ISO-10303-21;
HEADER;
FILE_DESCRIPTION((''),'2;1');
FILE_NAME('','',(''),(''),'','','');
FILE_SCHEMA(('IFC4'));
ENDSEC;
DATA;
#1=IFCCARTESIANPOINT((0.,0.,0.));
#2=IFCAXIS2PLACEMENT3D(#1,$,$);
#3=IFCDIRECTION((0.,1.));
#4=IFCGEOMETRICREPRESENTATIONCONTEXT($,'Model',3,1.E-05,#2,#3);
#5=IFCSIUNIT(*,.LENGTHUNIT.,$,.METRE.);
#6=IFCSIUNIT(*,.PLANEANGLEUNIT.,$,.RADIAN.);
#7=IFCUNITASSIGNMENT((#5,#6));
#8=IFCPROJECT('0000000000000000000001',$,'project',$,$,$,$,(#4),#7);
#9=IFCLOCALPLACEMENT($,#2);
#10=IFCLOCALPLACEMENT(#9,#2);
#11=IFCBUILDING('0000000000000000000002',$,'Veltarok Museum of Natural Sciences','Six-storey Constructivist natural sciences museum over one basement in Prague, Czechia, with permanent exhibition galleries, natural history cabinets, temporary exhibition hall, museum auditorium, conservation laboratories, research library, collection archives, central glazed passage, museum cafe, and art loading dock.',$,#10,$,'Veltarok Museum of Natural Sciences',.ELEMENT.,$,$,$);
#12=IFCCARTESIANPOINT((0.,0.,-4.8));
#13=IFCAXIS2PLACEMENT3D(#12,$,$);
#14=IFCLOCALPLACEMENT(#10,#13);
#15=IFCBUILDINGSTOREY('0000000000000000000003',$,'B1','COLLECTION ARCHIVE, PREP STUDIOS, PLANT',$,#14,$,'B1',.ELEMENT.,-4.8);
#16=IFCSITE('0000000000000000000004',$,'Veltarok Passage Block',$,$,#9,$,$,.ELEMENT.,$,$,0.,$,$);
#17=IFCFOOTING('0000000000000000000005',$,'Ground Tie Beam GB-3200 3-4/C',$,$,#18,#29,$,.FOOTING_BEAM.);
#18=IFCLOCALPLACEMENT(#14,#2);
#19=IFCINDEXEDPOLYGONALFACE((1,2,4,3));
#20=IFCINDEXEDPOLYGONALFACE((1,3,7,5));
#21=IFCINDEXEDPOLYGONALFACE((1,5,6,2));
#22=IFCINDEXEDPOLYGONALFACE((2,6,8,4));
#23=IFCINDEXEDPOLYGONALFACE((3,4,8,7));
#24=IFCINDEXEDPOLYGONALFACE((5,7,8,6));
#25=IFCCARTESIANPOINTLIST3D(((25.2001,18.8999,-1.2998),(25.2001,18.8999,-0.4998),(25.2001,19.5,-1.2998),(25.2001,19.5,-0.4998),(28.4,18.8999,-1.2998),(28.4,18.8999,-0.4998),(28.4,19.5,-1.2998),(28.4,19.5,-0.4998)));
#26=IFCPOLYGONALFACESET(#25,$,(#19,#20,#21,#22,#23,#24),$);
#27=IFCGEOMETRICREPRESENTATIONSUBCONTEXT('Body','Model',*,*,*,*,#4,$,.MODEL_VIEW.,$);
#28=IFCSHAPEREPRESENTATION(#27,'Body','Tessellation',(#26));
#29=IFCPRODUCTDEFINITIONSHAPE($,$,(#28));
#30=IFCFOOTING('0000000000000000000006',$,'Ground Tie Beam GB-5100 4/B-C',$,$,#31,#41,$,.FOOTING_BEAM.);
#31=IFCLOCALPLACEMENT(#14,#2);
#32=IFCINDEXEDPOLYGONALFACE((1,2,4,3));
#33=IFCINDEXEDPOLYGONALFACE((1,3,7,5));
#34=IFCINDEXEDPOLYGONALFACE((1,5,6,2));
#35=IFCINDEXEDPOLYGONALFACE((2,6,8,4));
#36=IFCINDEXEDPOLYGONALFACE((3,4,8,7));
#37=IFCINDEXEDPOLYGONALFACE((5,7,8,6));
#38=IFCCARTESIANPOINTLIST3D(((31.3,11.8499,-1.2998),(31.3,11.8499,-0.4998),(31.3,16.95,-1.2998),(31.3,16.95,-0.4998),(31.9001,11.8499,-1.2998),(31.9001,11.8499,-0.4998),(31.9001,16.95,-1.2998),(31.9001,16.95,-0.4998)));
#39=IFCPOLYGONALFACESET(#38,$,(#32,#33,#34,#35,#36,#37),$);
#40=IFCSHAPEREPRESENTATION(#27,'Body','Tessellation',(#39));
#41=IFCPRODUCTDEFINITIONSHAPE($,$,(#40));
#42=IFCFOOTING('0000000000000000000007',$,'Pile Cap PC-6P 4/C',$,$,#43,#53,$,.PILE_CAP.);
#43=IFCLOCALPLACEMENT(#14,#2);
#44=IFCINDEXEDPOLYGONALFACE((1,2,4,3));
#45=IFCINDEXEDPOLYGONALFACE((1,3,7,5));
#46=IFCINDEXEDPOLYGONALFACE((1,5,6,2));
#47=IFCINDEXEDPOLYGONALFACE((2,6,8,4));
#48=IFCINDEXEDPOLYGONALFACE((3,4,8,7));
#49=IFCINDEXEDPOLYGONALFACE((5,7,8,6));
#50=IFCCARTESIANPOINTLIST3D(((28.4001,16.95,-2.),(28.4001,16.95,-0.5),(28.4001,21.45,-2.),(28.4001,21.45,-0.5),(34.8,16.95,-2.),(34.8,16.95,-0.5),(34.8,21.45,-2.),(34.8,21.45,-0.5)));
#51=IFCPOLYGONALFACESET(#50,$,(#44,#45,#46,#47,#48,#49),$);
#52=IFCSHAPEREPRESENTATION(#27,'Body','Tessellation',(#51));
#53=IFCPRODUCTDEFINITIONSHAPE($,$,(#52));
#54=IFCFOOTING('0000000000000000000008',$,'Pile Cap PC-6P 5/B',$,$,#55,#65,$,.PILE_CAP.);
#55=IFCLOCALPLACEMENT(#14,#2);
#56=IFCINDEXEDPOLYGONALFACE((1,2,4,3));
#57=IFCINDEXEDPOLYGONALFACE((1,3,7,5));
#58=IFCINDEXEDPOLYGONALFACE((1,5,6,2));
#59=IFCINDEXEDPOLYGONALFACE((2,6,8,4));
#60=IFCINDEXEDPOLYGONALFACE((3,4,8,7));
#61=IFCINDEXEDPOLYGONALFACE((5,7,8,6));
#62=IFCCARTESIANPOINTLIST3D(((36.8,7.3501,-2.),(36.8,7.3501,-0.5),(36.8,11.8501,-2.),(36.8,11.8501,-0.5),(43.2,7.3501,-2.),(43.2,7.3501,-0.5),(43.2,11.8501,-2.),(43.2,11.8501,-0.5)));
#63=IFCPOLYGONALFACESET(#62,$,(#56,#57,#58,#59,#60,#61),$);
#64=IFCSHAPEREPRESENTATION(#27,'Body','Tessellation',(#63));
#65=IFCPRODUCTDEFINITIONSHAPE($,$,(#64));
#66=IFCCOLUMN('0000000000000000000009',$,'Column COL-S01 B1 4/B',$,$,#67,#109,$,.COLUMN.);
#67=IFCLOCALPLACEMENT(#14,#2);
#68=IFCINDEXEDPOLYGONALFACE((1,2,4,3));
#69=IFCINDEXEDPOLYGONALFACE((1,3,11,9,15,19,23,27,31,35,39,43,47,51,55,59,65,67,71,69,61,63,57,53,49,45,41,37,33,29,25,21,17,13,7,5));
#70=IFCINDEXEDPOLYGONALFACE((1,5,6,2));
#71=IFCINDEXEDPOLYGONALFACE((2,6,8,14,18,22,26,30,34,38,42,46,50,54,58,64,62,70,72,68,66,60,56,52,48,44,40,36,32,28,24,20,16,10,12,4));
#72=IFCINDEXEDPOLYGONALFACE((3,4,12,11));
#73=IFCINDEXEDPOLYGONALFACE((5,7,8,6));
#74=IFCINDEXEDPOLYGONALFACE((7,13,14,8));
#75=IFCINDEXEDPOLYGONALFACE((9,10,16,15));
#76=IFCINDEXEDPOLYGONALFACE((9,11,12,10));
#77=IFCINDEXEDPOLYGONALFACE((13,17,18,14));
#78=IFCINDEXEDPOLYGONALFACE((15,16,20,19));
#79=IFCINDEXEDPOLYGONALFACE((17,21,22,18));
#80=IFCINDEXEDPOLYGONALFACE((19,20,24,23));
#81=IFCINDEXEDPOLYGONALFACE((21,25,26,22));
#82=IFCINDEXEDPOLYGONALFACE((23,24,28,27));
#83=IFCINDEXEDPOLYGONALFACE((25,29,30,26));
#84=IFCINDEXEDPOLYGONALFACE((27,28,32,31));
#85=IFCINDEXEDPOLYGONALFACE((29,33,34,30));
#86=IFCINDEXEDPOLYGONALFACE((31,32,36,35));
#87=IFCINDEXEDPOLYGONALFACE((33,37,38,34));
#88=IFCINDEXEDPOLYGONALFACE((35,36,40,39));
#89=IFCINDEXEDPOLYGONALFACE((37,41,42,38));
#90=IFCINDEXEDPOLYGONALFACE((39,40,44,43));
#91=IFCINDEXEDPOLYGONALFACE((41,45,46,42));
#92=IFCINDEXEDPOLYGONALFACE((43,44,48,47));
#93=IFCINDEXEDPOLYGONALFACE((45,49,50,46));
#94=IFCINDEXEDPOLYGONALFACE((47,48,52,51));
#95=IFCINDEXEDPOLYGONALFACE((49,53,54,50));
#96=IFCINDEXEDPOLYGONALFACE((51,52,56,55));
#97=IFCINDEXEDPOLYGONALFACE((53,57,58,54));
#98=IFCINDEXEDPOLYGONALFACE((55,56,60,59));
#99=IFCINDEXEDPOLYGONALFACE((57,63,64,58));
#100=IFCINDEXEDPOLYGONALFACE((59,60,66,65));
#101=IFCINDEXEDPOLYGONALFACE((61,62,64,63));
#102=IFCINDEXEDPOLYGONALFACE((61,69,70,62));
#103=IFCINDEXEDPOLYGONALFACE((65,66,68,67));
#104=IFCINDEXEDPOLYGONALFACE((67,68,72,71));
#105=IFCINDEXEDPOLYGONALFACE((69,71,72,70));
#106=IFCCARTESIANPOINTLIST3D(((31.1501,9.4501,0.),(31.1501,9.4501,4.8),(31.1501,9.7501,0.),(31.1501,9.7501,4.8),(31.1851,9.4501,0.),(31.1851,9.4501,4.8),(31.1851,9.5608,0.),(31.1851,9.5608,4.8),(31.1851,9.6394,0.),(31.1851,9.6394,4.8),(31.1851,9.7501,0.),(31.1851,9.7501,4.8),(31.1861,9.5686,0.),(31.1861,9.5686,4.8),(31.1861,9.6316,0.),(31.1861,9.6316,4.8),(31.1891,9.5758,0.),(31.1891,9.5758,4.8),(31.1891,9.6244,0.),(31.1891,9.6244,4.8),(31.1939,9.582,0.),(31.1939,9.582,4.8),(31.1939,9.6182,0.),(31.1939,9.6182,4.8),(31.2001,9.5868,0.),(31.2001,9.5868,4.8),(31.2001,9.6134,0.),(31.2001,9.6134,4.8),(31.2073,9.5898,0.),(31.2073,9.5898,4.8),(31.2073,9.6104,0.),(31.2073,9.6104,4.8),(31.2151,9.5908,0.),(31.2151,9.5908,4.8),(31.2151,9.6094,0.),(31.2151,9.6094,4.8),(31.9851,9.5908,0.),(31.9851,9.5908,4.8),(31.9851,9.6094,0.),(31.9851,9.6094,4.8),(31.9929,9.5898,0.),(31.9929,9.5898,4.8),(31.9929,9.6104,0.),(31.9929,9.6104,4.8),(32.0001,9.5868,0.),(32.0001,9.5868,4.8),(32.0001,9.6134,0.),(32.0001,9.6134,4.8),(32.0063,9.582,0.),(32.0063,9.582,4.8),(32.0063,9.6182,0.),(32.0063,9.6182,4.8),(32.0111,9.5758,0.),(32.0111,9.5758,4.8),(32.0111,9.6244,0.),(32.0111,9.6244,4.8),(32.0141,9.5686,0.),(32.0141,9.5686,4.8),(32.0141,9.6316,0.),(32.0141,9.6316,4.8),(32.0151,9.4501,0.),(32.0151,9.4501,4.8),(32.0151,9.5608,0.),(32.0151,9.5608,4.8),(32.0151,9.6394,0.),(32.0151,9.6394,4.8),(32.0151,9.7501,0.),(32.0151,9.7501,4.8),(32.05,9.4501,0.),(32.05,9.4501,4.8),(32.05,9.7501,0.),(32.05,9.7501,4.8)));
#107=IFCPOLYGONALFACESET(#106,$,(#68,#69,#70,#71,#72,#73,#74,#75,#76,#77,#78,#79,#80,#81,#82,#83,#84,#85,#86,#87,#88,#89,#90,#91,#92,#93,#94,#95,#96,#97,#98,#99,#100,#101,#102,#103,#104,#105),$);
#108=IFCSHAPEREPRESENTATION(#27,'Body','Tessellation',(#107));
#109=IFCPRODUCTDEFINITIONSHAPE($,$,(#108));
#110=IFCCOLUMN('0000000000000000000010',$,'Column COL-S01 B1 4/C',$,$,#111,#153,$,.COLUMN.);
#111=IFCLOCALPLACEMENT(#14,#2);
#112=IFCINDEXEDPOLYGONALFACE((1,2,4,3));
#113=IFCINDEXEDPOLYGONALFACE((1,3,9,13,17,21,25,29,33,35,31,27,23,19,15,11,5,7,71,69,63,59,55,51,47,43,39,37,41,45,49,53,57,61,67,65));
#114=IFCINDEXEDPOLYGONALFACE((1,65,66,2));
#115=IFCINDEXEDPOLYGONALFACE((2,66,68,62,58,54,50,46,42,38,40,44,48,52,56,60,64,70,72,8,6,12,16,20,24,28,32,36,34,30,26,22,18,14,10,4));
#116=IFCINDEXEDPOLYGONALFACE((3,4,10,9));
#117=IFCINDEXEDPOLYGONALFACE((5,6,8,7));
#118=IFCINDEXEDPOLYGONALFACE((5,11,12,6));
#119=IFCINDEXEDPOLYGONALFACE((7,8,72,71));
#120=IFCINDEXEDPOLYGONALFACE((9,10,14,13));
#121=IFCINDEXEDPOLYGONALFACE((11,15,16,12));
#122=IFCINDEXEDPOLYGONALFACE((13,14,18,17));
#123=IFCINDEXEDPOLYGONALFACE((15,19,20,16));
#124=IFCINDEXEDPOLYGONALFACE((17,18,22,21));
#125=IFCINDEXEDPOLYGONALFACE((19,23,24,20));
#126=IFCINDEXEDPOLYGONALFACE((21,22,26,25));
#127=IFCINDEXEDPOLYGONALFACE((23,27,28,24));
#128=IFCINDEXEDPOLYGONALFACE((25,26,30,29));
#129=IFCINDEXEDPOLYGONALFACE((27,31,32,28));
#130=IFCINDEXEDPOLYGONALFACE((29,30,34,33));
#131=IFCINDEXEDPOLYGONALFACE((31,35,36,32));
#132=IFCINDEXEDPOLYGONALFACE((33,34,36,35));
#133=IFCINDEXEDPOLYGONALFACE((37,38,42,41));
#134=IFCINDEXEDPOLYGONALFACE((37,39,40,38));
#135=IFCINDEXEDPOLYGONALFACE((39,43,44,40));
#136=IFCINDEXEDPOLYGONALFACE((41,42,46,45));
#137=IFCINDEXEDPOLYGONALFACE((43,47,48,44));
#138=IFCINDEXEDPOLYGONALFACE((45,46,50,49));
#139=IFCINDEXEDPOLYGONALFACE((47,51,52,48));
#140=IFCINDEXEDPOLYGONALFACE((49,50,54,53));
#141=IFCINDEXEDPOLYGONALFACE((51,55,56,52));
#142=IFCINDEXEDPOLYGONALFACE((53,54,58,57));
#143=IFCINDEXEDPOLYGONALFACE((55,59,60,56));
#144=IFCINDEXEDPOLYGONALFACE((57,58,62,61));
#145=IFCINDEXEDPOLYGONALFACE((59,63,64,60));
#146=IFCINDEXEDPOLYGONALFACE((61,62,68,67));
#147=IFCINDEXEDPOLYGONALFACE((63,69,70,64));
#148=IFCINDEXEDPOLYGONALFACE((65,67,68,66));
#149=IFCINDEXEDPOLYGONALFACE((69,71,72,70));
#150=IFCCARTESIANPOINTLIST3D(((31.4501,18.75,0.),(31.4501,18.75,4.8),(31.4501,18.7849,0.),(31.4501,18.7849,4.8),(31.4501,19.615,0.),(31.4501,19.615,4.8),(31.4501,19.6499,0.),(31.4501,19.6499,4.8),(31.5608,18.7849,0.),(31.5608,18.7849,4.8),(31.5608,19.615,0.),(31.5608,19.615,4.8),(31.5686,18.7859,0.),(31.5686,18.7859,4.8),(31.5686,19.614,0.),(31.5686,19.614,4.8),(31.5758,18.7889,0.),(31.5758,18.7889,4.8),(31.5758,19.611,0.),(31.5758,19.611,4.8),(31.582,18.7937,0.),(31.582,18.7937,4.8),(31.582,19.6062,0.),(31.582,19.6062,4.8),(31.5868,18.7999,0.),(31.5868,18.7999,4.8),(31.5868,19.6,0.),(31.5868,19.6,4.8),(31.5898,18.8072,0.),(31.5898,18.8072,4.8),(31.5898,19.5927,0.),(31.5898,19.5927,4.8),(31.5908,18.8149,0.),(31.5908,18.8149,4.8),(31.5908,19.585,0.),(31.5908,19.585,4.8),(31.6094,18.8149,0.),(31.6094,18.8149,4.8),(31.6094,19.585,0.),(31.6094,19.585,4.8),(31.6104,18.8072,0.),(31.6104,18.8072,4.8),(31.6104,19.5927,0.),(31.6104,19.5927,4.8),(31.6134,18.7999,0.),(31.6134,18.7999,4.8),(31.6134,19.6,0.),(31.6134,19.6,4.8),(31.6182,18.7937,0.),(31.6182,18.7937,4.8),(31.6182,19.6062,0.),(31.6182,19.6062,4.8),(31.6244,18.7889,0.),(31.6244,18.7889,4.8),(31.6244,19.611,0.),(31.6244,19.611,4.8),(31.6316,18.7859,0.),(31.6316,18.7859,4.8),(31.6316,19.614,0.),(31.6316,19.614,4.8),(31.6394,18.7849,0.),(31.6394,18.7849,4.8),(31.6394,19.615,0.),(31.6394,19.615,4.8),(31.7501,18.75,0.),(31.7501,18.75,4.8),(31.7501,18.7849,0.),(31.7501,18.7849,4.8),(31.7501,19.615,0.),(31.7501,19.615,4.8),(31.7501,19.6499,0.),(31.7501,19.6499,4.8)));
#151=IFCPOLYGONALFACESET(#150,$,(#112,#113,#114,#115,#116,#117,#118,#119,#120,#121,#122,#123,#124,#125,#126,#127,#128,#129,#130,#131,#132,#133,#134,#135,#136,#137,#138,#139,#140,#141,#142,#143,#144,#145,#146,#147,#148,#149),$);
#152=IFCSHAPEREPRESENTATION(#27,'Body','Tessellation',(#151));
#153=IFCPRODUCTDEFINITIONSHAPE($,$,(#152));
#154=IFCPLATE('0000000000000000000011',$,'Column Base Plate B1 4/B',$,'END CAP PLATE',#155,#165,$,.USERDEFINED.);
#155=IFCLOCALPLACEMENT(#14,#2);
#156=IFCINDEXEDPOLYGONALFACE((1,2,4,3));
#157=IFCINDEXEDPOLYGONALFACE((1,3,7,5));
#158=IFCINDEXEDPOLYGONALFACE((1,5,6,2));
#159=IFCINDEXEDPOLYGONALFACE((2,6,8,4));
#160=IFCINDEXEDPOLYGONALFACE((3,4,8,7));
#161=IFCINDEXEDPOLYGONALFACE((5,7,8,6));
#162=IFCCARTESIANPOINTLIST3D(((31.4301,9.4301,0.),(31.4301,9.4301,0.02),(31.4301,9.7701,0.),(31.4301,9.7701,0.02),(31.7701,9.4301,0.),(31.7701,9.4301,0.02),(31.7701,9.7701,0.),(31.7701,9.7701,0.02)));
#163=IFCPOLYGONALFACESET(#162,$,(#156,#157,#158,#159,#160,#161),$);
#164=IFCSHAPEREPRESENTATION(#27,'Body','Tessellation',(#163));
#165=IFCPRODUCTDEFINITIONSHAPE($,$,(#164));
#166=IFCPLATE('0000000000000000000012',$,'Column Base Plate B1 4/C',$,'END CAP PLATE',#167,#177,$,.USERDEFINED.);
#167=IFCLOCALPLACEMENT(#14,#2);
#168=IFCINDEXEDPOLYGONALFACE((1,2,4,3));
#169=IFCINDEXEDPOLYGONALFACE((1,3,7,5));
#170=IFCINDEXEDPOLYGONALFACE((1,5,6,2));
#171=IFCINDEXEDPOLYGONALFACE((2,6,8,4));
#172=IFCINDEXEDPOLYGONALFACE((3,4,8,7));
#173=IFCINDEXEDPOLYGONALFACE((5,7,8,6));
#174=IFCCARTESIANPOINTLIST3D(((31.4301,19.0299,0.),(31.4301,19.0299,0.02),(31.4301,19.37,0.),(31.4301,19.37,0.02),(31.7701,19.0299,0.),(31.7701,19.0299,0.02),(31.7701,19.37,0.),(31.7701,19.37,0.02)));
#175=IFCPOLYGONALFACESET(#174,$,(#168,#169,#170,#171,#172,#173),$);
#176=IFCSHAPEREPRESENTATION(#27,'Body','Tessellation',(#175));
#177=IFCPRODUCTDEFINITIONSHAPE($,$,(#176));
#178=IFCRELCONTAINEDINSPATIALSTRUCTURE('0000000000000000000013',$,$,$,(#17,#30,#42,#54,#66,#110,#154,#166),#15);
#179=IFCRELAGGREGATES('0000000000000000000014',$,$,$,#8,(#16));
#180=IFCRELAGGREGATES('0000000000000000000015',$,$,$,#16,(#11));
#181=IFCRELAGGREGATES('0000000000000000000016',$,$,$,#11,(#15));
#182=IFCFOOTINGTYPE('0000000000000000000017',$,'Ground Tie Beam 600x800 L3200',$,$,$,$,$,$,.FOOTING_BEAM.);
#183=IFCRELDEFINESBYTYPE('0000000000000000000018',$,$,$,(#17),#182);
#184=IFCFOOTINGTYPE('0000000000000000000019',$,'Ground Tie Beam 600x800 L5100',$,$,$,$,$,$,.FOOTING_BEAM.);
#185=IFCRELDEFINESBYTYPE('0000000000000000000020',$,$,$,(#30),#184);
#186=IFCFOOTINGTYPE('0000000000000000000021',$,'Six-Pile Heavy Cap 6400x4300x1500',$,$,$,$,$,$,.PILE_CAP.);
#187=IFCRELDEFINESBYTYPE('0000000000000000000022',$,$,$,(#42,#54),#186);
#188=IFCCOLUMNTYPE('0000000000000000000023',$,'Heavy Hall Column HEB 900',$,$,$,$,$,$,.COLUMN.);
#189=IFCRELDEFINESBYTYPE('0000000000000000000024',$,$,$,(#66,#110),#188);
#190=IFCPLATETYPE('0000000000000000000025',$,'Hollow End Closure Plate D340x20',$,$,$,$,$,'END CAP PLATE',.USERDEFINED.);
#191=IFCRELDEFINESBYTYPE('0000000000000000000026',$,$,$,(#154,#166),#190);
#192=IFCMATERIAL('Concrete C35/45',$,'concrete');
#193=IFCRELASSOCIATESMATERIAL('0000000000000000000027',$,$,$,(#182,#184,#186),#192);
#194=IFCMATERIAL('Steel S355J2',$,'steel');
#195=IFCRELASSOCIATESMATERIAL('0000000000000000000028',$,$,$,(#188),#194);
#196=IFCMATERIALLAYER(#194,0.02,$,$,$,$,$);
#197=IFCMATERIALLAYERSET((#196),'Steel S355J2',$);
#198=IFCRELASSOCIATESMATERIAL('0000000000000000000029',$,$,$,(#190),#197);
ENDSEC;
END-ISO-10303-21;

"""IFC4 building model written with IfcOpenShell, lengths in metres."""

from ifc_helpers import new_model, si_unit, direction, frame, origin, origin_2d, place, context, subcontext, project, spatial, rectangle, i_section, extrude, material, layer, layer_set, material_profile, profile_set, type_object, element, save


model = new_model("IFC4")

# Units and contexts
model_context = context("Model", 3, precision=1e-05, world=origin(), true_north=direction((0.0, 1.0)))
body_context = subcontext(model_context, "Body", "Model", "MODEL_VIEW")
ifc_project = project(units=[si_unit("LENGTHUNIT", "METRE"), si_unit("PLANEANGLEUNIT", "RADIAN")], contexts=[model_context])

# Site, building, storey
site_placement = place(None, origin())
site = spatial("IfcSite", under=ifc_project, at=site_placement, Name="Veltarok Passage Block", CompositionType="ELEMENT", RefElevation=0.0)
building_placement = place(site_placement, origin())
building = spatial("IfcBuilding", under=site, at=building_placement, Name="Veltarok Museum of Natural Sciences", Description="Six-storey Constructivist natural sciences museum over one basement in Prague, Czechia, with permanent exhibition galleries, natural history cabinets, temporary exhibition hall, museum auditorium, conservation laboratories, research library, collection archives, central glazed passage, museum cafe, and art loading dock.", LongName="Veltarok Museum of Natural Sciences", CompositionType="ELEMENT")
storey_placement = place(building_placement, frame((0.0, 0.0, -4.8)))
storey = spatial("IfcBuildingStorey", under=building, at=storey_placement, Name="B1", Description="COLLECTION ARCHIVE, PREP STUDIOS, PLANT", LongName="B1", CompositionType="ELEMENT", Elevation=-4.8)

# Shared definitions
ifc_material_1 = material(Name="Concrete C35/45", Category="concrete")

# Footings
footing_type_1 = type_object("IfcFootingType", Name="Ground Tie Beam 600x800 L3200", PredefinedType="FOOTING_BEAM", material=ifc_material_1)
footing_1_placement = place(storey_placement, frame((26.8, 19.2, -1.2998), z_axis=(0.0, 0.0, 1.0), x_axis=(1.0, 0.0, 0.0)))
element("IfcFooting", 1, at=footing_1_placement, inside=storey, type_object=footing_type_1, Name="Ground Tie Beam GB-3200 3-4/C", PredefinedType="FOOTING_BEAM", context=body_context, shape_type="SweptSolid", body=[
    extrude(rectangle(XDim=3.2, YDim=0.6001, at=origin_2d()), origin(), (0.0, 0.0, 1.0), 0.8),
])
footing_type_2 = type_object("IfcFootingType", Name="Ground Tie Beam 600x800 L5100", PredefinedType="FOOTING_BEAM", material=ifc_material_1)
footing_2_placement = place(storey_placement, frame((31.6001, 14.3999, -1.2998), z_axis=(0.0, 0.0, 1.0), x_axis=(0.0, 1.0, 0.0)))
element("IfcFooting", 2, at=footing_2_placement, inside=storey, type_object=footing_type_2, Name="Ground Tie Beam GB-5100 4/B-C", PredefinedType="FOOTING_BEAM", context=body_context, shape_type="SweptSolid", body=[
    extrude(rectangle(XDim=5.1001, YDim=0.6001, at=origin_2d()), origin(), (0.0, 0.0, 1.0), 0.8),
])
footing_type_3 = type_object("IfcFootingType", Name="Six-Pile Heavy Cap 6400x4300x1500", PredefinedType="PILE_CAP", material=ifc_material_1)
for number, where, z_axis, x_axis, name in (
    (3, (31.6001, 19.2, -2.0), (0.0, 0.0, 1.0), (1.0, 0.0, 0.0), "Pile Cap PC-6P 4/C"),
    (4, (40.0, 9.6001, -2.0), (0.0, 0.0, 1.0), (1.0, 0.0, 0.0), "Pile Cap PC-6P 5/B"),
):
    element("IfcFooting", number, at=place(storey_placement, frame(where, z_axis=z_axis, x_axis=x_axis)), inside=storey, type_object=footing_type_3, Name=name, PredefinedType="PILE_CAP", context=body_context, shape_type="SweptSolid", body=[
        extrude(rectangle(XDim=6.3999, YDim=4.5, at=origin_2d()), origin(), (0.0, 0.0, 1.0), 1.5),
    ])

# Columns
ifc_material_2 = material(Name="Steel S355J2", Category="steel")
ifc_material_profile_1 = material_profile(ifc_material_2, i_section(OverallWidth=0.3, OverallDepth=0.8999, WebThickness=0.0186, FlangeThickness=0.0349, FilletRadius=0.03, at=origin_2d()), Name="HEB 900")
ifc_profile_set_1 = profile_set([ifc_material_profile_1], Name="Steel S355J2")
column_type = type_object("IfcColumnType", Name="Heavy Hall Column HEB 900", PredefinedType="COLUMN", material=ifc_profile_set_1)
for number, where, z_axis, x_axis, name in (
    (5, (31.6001, 9.6001, 0.0), (0.0, 0.0, 1.0), (0.0, 1.0, 0.0), "Column COL-S01 B1 4/B"),
    (6, (31.6001, 19.2, 0.0), (0.0, 0.0, 1.0), (1.0, 0.0, 0.0), "Column COL-S01 B1 4/C"),
):
    element("IfcColumn", number, at=place(storey_placement, frame(where, z_axis=z_axis, x_axis=x_axis)), inside=storey, type_object=column_type, Name=name, PredefinedType="COLUMN", context=body_context, shape_type="SweptSolid", body=[
        extrude(i_section(OverallWidth=0.3, OverallDepth=0.8999, WebThickness=0.0186, FlangeThickness=0.0349, FilletRadius=0.03, at=origin_2d()), origin(), (0.0, 0.0, 1.0), 4.8),
    ])

# Plates
ifc_layer_1 = layer(ifc_material_2, 0.02)
ifc_layer_set_1 = layer_set([ifc_layer_1], Name="Steel S355J2")
plate_type = type_object("IfcPlateType", Name="Hollow End Closure Plate D340x20", ElementType="END CAP PLATE", PredefinedType="USERDEFINED", material=ifc_layer_set_1)
for number, where, z_axis, x_axis, name in (
    (7, (31.6001, 9.6001, 0.0), (0.0, 0.0, 1.0), (1.0, 0.0, 0.0), "Column Base Plate B1 4/B"),
    (8, (31.6001, 19.2, 0.0), (0.0, 0.0, 1.0), (1.0, 0.0, 0.0), "Column Base Plate B1 4/C"),
):
    element("IfcPlate", number, at=place(storey_placement, frame(where, z_axis=z_axis, x_axis=x_axis)), inside=storey, type_object=plate_type, Name=name, ObjectType="END CAP PLATE", PredefinedType="USERDEFINED", context=body_context, shape_type="SweptSolid", body=[
        extrude(rectangle(XDim=0.3401, YDim=0.3401, at=origin_2d()), origin(), (0.0, 0.0, 1.0), 0.02),
    ])

save(model, "model.ifc")
